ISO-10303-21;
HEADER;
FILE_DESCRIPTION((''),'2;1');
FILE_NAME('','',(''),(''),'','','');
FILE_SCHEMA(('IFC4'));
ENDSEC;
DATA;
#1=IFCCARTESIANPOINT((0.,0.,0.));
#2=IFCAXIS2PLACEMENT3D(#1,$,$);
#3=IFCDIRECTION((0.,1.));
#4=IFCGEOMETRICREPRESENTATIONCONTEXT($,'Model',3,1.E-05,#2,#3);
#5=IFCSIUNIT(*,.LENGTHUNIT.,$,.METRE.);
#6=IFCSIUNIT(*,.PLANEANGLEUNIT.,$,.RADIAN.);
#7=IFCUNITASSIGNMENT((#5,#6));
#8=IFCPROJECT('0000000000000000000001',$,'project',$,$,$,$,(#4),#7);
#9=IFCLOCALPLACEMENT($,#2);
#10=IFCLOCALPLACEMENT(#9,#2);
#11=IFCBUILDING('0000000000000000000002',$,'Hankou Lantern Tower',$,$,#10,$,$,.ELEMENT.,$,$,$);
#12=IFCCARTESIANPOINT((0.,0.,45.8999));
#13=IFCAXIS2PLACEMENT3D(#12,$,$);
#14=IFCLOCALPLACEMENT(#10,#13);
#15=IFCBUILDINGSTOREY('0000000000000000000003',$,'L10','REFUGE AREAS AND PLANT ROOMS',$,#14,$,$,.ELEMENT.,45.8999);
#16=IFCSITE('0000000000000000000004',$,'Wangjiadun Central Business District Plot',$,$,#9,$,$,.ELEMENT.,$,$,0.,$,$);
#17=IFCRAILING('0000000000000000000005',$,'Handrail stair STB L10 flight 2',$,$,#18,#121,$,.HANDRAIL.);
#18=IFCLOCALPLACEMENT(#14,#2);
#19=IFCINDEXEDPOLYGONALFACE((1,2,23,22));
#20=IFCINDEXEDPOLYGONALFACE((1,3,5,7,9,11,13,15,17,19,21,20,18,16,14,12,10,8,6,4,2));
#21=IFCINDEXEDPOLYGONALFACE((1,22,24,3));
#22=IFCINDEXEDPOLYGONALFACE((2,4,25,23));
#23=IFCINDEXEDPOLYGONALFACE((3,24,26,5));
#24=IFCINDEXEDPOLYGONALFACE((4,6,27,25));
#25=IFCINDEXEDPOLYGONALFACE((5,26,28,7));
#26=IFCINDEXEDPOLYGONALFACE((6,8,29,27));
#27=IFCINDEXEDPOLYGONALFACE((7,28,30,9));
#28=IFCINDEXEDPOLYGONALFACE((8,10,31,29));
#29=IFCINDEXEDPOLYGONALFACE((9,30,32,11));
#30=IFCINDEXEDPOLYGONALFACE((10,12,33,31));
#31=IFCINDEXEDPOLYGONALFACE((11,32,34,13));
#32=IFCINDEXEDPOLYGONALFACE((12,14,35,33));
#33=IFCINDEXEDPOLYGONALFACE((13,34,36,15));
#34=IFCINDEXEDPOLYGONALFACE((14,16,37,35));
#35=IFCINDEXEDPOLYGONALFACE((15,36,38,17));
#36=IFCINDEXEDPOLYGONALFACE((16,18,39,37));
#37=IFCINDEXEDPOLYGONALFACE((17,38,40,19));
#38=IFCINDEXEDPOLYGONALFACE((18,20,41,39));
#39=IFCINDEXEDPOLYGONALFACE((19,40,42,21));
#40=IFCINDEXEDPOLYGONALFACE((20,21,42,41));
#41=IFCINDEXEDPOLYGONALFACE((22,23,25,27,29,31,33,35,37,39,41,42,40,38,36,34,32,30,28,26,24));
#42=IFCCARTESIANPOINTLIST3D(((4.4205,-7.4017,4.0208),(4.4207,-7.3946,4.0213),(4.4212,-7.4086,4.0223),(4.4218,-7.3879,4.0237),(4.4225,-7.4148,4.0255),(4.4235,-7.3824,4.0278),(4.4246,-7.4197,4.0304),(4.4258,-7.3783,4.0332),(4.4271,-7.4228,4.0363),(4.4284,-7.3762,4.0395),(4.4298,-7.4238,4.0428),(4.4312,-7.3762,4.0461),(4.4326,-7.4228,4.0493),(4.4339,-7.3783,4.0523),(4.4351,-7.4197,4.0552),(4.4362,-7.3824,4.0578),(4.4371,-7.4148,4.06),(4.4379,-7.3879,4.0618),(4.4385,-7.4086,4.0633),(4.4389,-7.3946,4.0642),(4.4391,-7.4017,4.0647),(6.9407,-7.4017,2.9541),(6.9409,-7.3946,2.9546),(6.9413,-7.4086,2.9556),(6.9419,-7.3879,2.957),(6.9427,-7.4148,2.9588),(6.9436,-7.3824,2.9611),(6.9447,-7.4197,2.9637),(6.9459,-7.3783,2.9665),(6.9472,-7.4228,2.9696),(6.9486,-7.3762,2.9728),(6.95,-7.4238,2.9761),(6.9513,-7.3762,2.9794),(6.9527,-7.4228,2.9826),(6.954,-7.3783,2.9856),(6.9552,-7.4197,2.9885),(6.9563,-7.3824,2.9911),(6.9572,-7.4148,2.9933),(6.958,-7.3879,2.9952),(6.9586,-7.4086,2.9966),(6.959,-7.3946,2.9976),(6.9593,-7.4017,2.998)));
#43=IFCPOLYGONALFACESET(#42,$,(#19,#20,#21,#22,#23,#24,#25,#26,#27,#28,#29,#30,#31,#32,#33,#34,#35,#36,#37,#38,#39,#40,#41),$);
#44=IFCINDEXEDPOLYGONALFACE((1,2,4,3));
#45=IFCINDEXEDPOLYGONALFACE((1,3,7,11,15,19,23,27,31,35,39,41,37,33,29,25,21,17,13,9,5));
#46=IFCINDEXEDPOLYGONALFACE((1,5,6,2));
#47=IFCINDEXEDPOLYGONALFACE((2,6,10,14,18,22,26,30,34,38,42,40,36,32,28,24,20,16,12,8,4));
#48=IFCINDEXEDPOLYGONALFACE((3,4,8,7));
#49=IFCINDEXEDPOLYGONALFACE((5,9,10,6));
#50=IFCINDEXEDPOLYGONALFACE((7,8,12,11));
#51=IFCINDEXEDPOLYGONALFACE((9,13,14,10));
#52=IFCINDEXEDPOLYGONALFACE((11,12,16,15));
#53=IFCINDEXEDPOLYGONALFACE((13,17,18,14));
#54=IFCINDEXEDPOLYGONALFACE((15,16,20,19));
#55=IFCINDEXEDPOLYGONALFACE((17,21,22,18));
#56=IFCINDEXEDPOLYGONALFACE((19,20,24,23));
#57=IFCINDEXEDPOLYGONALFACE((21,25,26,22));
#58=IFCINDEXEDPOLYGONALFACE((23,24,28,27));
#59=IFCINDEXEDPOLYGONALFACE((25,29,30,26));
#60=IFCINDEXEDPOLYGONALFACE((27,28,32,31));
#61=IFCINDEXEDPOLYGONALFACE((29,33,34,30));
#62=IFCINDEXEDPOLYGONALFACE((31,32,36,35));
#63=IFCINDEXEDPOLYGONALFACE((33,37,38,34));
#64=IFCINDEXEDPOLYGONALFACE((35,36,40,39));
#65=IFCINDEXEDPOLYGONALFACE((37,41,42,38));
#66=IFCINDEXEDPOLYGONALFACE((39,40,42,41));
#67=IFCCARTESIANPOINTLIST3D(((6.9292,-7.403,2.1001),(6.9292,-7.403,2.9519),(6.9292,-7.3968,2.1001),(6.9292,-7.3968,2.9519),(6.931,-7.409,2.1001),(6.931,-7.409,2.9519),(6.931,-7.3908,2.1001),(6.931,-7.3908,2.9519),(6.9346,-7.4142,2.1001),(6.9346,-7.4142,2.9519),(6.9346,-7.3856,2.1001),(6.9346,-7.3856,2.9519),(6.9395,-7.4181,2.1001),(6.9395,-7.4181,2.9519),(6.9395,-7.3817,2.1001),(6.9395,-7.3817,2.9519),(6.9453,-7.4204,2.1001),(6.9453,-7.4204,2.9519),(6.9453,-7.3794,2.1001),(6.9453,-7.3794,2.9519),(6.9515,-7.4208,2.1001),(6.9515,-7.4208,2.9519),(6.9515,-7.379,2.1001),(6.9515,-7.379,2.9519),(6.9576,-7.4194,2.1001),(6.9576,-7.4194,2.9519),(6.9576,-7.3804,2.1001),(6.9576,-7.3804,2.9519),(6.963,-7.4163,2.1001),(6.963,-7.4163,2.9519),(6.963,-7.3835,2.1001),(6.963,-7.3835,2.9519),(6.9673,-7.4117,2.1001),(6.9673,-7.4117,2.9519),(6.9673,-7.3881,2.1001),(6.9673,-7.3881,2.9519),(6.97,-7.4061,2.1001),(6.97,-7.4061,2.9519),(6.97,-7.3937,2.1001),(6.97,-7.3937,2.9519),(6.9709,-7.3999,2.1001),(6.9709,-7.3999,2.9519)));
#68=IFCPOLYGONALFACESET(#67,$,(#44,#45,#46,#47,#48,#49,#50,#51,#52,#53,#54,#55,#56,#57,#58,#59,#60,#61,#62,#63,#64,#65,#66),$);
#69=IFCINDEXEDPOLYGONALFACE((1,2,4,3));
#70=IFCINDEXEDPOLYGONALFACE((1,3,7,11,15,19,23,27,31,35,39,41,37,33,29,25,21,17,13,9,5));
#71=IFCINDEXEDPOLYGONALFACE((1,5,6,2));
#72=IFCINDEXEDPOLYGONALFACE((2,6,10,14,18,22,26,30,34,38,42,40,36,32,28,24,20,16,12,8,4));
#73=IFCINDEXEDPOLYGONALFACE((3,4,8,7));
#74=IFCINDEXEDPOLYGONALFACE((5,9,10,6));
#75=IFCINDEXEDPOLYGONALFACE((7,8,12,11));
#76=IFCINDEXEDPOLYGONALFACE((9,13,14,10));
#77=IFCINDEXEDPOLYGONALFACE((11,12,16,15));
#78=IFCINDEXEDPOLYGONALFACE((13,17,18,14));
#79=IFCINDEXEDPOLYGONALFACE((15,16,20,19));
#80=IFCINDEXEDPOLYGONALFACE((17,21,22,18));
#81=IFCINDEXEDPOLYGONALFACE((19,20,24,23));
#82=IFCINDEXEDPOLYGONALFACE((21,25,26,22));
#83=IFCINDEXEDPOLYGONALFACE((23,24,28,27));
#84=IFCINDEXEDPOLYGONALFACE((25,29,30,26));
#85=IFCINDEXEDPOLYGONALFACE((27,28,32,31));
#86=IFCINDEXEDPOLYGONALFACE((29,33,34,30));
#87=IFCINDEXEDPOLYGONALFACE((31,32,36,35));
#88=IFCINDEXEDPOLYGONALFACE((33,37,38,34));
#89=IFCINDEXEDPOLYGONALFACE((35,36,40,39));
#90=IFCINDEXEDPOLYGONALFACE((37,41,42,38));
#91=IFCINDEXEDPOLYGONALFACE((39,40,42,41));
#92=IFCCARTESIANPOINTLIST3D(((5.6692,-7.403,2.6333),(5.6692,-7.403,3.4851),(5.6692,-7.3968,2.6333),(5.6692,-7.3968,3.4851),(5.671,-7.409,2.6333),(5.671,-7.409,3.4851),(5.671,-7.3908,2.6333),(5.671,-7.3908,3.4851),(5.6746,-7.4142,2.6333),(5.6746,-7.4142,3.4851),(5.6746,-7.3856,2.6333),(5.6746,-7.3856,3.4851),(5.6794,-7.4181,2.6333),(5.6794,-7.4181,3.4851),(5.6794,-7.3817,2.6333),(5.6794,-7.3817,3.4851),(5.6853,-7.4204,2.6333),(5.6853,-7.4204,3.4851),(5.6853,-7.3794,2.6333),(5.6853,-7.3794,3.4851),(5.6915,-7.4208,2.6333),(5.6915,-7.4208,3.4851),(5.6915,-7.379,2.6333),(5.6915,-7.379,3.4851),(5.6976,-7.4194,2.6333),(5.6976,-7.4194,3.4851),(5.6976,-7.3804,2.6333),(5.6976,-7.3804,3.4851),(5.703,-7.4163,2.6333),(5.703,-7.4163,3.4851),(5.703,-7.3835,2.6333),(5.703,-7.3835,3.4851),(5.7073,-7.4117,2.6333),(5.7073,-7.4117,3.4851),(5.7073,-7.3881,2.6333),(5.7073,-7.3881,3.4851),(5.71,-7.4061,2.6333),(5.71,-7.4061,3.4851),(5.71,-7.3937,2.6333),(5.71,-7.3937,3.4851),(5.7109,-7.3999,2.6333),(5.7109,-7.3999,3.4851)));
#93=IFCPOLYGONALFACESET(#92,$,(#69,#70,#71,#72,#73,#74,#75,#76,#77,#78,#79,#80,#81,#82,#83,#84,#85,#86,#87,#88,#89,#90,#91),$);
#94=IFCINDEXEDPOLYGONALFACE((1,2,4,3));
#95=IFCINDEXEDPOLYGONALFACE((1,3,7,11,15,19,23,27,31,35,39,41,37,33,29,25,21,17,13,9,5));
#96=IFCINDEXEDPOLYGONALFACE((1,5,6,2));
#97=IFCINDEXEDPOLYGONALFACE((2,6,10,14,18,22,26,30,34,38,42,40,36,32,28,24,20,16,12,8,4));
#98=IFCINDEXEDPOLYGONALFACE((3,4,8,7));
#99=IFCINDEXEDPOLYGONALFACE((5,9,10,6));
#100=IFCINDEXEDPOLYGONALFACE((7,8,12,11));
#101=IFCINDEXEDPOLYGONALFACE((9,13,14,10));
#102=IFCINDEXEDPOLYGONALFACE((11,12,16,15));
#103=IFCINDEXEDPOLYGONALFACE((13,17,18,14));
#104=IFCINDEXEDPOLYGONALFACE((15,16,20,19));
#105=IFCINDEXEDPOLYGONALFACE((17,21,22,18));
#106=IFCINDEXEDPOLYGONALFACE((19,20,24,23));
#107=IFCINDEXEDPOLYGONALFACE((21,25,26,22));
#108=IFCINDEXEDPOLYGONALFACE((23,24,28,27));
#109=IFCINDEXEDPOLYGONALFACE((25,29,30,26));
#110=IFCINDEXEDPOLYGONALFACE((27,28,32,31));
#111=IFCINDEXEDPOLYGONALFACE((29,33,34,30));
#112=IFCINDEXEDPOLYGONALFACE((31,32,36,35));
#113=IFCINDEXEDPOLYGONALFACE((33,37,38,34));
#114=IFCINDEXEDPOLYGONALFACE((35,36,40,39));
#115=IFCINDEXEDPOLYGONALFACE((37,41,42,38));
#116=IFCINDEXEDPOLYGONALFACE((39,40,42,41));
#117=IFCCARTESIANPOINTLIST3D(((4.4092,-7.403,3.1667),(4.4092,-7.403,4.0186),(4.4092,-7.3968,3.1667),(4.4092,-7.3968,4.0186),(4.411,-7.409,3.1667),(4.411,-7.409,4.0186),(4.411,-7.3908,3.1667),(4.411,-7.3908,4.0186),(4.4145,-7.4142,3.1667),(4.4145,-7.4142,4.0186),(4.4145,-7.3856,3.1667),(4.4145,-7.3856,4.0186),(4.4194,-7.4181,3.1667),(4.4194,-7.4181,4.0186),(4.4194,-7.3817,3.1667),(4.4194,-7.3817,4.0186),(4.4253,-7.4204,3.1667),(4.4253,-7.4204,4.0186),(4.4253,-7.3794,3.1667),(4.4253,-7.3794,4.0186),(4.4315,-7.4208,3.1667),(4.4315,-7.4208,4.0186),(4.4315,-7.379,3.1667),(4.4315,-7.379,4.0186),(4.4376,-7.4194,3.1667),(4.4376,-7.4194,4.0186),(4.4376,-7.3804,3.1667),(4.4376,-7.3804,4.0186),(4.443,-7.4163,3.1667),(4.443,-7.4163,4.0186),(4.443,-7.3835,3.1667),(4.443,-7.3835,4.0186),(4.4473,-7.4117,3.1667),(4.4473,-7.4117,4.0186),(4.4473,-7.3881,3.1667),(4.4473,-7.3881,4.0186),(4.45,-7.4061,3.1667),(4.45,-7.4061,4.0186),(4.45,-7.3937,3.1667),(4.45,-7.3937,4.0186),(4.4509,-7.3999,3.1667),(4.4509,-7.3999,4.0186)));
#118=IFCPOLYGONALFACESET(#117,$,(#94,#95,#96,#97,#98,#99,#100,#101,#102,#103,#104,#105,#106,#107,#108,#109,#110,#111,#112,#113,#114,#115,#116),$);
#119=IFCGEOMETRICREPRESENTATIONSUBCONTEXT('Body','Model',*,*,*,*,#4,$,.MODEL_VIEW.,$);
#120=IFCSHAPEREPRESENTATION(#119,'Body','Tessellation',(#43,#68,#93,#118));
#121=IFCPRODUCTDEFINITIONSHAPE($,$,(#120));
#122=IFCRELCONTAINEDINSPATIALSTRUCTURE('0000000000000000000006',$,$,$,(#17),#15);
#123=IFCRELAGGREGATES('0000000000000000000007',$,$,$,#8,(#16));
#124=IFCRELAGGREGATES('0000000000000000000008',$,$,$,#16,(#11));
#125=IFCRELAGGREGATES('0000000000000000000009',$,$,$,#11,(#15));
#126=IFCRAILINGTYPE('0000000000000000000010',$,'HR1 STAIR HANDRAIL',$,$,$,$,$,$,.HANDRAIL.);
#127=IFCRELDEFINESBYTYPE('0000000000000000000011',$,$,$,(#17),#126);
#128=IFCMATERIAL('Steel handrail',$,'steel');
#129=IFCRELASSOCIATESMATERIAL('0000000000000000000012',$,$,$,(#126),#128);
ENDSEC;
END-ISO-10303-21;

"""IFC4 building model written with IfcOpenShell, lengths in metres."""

from ifc_helpers import new_model, si_unit, direction, frame, origin, origin_2d, place, context, subcontext, project, spatial, circle, extrude, material, type_object, element, save


model = new_model("IFC4")

# Units and contexts
model_context = context("Model", 3, precision=1e-05, world=origin(), true_north=direction((0.0, 1.0)))
body_context = subcontext(model_context, "Body", "Model", "MODEL_VIEW")
ifc_project = project(units=[si_unit("LENGTHUNIT", "METRE"), si_unit("PLANEANGLEUNIT", "RADIAN")], contexts=[model_context])

# Site, building, storey
site_placement = place(None, origin())
site = spatial("IfcSite", under=ifc_project, at=site_placement, Name="Wangjiadun Central Business District Plot", CompositionType="ELEMENT", RefElevation=0.0)
building_placement = place(site_placement, origin())
building = spatial("IfcBuilding", under=site, at=building_placement, Name="Hankou Lantern Tower", CompositionType="ELEMENT")
storey_placement = place(building_placement, frame((0.0, 0.0, 45.8999)))
storey = spatial("IfcBuildingStorey", under=building, at=storey_placement, Name="L10", Description="REFUGE AREAS AND PLANT ROOMS", CompositionType="ELEMENT", Elevation=45.8999)

# Railing
ifc_material_1 = material(Name="Steel handrail", Category="steel")
railing_type = type_object("IfcRailingType", Name="HR1 STAIR HANDRAIL", PredefinedType="HANDRAIL", material=ifc_material_1)
railing_1_placement = place(storey_placement, frame((6.95, -7.3999, 2.1001)))
element("IfcRailing", 1, at=railing_1_placement, inside=storey, type_object=railing_type, Name="Handrail stair STB L10 flight 2", PredefinedType="HANDRAIL", context=body_context, shape_type="SweptSolid", body=[
    extrude(circle(Radius=0.0239, at=origin_2d()), frame((0.0, 0.0, 0.876), z_axis=(-0.920903, 0.0, 0.389791), x_axis=(0.0, -1.0, 0.0)), (0.0, 0.0, 1.0), 2.7366),
    extrude(circle(Radius=0.021, at=origin_2d()), origin(), (0.0, 0.0, 1.0), 0.8518),
    extrude(circle(Radius=0.021, at=origin_2d()), frame((-1.26, 0.0, 0.5332)), (0.0, 0.0, 1.0), 0.8518),
    extrude(circle(Radius=0.021, at=origin_2d()), frame((-2.52, 0.0, 1.0667)), (0.0, 0.0, 1.0), 0.8518),
])

save(model, "model.ifc")
